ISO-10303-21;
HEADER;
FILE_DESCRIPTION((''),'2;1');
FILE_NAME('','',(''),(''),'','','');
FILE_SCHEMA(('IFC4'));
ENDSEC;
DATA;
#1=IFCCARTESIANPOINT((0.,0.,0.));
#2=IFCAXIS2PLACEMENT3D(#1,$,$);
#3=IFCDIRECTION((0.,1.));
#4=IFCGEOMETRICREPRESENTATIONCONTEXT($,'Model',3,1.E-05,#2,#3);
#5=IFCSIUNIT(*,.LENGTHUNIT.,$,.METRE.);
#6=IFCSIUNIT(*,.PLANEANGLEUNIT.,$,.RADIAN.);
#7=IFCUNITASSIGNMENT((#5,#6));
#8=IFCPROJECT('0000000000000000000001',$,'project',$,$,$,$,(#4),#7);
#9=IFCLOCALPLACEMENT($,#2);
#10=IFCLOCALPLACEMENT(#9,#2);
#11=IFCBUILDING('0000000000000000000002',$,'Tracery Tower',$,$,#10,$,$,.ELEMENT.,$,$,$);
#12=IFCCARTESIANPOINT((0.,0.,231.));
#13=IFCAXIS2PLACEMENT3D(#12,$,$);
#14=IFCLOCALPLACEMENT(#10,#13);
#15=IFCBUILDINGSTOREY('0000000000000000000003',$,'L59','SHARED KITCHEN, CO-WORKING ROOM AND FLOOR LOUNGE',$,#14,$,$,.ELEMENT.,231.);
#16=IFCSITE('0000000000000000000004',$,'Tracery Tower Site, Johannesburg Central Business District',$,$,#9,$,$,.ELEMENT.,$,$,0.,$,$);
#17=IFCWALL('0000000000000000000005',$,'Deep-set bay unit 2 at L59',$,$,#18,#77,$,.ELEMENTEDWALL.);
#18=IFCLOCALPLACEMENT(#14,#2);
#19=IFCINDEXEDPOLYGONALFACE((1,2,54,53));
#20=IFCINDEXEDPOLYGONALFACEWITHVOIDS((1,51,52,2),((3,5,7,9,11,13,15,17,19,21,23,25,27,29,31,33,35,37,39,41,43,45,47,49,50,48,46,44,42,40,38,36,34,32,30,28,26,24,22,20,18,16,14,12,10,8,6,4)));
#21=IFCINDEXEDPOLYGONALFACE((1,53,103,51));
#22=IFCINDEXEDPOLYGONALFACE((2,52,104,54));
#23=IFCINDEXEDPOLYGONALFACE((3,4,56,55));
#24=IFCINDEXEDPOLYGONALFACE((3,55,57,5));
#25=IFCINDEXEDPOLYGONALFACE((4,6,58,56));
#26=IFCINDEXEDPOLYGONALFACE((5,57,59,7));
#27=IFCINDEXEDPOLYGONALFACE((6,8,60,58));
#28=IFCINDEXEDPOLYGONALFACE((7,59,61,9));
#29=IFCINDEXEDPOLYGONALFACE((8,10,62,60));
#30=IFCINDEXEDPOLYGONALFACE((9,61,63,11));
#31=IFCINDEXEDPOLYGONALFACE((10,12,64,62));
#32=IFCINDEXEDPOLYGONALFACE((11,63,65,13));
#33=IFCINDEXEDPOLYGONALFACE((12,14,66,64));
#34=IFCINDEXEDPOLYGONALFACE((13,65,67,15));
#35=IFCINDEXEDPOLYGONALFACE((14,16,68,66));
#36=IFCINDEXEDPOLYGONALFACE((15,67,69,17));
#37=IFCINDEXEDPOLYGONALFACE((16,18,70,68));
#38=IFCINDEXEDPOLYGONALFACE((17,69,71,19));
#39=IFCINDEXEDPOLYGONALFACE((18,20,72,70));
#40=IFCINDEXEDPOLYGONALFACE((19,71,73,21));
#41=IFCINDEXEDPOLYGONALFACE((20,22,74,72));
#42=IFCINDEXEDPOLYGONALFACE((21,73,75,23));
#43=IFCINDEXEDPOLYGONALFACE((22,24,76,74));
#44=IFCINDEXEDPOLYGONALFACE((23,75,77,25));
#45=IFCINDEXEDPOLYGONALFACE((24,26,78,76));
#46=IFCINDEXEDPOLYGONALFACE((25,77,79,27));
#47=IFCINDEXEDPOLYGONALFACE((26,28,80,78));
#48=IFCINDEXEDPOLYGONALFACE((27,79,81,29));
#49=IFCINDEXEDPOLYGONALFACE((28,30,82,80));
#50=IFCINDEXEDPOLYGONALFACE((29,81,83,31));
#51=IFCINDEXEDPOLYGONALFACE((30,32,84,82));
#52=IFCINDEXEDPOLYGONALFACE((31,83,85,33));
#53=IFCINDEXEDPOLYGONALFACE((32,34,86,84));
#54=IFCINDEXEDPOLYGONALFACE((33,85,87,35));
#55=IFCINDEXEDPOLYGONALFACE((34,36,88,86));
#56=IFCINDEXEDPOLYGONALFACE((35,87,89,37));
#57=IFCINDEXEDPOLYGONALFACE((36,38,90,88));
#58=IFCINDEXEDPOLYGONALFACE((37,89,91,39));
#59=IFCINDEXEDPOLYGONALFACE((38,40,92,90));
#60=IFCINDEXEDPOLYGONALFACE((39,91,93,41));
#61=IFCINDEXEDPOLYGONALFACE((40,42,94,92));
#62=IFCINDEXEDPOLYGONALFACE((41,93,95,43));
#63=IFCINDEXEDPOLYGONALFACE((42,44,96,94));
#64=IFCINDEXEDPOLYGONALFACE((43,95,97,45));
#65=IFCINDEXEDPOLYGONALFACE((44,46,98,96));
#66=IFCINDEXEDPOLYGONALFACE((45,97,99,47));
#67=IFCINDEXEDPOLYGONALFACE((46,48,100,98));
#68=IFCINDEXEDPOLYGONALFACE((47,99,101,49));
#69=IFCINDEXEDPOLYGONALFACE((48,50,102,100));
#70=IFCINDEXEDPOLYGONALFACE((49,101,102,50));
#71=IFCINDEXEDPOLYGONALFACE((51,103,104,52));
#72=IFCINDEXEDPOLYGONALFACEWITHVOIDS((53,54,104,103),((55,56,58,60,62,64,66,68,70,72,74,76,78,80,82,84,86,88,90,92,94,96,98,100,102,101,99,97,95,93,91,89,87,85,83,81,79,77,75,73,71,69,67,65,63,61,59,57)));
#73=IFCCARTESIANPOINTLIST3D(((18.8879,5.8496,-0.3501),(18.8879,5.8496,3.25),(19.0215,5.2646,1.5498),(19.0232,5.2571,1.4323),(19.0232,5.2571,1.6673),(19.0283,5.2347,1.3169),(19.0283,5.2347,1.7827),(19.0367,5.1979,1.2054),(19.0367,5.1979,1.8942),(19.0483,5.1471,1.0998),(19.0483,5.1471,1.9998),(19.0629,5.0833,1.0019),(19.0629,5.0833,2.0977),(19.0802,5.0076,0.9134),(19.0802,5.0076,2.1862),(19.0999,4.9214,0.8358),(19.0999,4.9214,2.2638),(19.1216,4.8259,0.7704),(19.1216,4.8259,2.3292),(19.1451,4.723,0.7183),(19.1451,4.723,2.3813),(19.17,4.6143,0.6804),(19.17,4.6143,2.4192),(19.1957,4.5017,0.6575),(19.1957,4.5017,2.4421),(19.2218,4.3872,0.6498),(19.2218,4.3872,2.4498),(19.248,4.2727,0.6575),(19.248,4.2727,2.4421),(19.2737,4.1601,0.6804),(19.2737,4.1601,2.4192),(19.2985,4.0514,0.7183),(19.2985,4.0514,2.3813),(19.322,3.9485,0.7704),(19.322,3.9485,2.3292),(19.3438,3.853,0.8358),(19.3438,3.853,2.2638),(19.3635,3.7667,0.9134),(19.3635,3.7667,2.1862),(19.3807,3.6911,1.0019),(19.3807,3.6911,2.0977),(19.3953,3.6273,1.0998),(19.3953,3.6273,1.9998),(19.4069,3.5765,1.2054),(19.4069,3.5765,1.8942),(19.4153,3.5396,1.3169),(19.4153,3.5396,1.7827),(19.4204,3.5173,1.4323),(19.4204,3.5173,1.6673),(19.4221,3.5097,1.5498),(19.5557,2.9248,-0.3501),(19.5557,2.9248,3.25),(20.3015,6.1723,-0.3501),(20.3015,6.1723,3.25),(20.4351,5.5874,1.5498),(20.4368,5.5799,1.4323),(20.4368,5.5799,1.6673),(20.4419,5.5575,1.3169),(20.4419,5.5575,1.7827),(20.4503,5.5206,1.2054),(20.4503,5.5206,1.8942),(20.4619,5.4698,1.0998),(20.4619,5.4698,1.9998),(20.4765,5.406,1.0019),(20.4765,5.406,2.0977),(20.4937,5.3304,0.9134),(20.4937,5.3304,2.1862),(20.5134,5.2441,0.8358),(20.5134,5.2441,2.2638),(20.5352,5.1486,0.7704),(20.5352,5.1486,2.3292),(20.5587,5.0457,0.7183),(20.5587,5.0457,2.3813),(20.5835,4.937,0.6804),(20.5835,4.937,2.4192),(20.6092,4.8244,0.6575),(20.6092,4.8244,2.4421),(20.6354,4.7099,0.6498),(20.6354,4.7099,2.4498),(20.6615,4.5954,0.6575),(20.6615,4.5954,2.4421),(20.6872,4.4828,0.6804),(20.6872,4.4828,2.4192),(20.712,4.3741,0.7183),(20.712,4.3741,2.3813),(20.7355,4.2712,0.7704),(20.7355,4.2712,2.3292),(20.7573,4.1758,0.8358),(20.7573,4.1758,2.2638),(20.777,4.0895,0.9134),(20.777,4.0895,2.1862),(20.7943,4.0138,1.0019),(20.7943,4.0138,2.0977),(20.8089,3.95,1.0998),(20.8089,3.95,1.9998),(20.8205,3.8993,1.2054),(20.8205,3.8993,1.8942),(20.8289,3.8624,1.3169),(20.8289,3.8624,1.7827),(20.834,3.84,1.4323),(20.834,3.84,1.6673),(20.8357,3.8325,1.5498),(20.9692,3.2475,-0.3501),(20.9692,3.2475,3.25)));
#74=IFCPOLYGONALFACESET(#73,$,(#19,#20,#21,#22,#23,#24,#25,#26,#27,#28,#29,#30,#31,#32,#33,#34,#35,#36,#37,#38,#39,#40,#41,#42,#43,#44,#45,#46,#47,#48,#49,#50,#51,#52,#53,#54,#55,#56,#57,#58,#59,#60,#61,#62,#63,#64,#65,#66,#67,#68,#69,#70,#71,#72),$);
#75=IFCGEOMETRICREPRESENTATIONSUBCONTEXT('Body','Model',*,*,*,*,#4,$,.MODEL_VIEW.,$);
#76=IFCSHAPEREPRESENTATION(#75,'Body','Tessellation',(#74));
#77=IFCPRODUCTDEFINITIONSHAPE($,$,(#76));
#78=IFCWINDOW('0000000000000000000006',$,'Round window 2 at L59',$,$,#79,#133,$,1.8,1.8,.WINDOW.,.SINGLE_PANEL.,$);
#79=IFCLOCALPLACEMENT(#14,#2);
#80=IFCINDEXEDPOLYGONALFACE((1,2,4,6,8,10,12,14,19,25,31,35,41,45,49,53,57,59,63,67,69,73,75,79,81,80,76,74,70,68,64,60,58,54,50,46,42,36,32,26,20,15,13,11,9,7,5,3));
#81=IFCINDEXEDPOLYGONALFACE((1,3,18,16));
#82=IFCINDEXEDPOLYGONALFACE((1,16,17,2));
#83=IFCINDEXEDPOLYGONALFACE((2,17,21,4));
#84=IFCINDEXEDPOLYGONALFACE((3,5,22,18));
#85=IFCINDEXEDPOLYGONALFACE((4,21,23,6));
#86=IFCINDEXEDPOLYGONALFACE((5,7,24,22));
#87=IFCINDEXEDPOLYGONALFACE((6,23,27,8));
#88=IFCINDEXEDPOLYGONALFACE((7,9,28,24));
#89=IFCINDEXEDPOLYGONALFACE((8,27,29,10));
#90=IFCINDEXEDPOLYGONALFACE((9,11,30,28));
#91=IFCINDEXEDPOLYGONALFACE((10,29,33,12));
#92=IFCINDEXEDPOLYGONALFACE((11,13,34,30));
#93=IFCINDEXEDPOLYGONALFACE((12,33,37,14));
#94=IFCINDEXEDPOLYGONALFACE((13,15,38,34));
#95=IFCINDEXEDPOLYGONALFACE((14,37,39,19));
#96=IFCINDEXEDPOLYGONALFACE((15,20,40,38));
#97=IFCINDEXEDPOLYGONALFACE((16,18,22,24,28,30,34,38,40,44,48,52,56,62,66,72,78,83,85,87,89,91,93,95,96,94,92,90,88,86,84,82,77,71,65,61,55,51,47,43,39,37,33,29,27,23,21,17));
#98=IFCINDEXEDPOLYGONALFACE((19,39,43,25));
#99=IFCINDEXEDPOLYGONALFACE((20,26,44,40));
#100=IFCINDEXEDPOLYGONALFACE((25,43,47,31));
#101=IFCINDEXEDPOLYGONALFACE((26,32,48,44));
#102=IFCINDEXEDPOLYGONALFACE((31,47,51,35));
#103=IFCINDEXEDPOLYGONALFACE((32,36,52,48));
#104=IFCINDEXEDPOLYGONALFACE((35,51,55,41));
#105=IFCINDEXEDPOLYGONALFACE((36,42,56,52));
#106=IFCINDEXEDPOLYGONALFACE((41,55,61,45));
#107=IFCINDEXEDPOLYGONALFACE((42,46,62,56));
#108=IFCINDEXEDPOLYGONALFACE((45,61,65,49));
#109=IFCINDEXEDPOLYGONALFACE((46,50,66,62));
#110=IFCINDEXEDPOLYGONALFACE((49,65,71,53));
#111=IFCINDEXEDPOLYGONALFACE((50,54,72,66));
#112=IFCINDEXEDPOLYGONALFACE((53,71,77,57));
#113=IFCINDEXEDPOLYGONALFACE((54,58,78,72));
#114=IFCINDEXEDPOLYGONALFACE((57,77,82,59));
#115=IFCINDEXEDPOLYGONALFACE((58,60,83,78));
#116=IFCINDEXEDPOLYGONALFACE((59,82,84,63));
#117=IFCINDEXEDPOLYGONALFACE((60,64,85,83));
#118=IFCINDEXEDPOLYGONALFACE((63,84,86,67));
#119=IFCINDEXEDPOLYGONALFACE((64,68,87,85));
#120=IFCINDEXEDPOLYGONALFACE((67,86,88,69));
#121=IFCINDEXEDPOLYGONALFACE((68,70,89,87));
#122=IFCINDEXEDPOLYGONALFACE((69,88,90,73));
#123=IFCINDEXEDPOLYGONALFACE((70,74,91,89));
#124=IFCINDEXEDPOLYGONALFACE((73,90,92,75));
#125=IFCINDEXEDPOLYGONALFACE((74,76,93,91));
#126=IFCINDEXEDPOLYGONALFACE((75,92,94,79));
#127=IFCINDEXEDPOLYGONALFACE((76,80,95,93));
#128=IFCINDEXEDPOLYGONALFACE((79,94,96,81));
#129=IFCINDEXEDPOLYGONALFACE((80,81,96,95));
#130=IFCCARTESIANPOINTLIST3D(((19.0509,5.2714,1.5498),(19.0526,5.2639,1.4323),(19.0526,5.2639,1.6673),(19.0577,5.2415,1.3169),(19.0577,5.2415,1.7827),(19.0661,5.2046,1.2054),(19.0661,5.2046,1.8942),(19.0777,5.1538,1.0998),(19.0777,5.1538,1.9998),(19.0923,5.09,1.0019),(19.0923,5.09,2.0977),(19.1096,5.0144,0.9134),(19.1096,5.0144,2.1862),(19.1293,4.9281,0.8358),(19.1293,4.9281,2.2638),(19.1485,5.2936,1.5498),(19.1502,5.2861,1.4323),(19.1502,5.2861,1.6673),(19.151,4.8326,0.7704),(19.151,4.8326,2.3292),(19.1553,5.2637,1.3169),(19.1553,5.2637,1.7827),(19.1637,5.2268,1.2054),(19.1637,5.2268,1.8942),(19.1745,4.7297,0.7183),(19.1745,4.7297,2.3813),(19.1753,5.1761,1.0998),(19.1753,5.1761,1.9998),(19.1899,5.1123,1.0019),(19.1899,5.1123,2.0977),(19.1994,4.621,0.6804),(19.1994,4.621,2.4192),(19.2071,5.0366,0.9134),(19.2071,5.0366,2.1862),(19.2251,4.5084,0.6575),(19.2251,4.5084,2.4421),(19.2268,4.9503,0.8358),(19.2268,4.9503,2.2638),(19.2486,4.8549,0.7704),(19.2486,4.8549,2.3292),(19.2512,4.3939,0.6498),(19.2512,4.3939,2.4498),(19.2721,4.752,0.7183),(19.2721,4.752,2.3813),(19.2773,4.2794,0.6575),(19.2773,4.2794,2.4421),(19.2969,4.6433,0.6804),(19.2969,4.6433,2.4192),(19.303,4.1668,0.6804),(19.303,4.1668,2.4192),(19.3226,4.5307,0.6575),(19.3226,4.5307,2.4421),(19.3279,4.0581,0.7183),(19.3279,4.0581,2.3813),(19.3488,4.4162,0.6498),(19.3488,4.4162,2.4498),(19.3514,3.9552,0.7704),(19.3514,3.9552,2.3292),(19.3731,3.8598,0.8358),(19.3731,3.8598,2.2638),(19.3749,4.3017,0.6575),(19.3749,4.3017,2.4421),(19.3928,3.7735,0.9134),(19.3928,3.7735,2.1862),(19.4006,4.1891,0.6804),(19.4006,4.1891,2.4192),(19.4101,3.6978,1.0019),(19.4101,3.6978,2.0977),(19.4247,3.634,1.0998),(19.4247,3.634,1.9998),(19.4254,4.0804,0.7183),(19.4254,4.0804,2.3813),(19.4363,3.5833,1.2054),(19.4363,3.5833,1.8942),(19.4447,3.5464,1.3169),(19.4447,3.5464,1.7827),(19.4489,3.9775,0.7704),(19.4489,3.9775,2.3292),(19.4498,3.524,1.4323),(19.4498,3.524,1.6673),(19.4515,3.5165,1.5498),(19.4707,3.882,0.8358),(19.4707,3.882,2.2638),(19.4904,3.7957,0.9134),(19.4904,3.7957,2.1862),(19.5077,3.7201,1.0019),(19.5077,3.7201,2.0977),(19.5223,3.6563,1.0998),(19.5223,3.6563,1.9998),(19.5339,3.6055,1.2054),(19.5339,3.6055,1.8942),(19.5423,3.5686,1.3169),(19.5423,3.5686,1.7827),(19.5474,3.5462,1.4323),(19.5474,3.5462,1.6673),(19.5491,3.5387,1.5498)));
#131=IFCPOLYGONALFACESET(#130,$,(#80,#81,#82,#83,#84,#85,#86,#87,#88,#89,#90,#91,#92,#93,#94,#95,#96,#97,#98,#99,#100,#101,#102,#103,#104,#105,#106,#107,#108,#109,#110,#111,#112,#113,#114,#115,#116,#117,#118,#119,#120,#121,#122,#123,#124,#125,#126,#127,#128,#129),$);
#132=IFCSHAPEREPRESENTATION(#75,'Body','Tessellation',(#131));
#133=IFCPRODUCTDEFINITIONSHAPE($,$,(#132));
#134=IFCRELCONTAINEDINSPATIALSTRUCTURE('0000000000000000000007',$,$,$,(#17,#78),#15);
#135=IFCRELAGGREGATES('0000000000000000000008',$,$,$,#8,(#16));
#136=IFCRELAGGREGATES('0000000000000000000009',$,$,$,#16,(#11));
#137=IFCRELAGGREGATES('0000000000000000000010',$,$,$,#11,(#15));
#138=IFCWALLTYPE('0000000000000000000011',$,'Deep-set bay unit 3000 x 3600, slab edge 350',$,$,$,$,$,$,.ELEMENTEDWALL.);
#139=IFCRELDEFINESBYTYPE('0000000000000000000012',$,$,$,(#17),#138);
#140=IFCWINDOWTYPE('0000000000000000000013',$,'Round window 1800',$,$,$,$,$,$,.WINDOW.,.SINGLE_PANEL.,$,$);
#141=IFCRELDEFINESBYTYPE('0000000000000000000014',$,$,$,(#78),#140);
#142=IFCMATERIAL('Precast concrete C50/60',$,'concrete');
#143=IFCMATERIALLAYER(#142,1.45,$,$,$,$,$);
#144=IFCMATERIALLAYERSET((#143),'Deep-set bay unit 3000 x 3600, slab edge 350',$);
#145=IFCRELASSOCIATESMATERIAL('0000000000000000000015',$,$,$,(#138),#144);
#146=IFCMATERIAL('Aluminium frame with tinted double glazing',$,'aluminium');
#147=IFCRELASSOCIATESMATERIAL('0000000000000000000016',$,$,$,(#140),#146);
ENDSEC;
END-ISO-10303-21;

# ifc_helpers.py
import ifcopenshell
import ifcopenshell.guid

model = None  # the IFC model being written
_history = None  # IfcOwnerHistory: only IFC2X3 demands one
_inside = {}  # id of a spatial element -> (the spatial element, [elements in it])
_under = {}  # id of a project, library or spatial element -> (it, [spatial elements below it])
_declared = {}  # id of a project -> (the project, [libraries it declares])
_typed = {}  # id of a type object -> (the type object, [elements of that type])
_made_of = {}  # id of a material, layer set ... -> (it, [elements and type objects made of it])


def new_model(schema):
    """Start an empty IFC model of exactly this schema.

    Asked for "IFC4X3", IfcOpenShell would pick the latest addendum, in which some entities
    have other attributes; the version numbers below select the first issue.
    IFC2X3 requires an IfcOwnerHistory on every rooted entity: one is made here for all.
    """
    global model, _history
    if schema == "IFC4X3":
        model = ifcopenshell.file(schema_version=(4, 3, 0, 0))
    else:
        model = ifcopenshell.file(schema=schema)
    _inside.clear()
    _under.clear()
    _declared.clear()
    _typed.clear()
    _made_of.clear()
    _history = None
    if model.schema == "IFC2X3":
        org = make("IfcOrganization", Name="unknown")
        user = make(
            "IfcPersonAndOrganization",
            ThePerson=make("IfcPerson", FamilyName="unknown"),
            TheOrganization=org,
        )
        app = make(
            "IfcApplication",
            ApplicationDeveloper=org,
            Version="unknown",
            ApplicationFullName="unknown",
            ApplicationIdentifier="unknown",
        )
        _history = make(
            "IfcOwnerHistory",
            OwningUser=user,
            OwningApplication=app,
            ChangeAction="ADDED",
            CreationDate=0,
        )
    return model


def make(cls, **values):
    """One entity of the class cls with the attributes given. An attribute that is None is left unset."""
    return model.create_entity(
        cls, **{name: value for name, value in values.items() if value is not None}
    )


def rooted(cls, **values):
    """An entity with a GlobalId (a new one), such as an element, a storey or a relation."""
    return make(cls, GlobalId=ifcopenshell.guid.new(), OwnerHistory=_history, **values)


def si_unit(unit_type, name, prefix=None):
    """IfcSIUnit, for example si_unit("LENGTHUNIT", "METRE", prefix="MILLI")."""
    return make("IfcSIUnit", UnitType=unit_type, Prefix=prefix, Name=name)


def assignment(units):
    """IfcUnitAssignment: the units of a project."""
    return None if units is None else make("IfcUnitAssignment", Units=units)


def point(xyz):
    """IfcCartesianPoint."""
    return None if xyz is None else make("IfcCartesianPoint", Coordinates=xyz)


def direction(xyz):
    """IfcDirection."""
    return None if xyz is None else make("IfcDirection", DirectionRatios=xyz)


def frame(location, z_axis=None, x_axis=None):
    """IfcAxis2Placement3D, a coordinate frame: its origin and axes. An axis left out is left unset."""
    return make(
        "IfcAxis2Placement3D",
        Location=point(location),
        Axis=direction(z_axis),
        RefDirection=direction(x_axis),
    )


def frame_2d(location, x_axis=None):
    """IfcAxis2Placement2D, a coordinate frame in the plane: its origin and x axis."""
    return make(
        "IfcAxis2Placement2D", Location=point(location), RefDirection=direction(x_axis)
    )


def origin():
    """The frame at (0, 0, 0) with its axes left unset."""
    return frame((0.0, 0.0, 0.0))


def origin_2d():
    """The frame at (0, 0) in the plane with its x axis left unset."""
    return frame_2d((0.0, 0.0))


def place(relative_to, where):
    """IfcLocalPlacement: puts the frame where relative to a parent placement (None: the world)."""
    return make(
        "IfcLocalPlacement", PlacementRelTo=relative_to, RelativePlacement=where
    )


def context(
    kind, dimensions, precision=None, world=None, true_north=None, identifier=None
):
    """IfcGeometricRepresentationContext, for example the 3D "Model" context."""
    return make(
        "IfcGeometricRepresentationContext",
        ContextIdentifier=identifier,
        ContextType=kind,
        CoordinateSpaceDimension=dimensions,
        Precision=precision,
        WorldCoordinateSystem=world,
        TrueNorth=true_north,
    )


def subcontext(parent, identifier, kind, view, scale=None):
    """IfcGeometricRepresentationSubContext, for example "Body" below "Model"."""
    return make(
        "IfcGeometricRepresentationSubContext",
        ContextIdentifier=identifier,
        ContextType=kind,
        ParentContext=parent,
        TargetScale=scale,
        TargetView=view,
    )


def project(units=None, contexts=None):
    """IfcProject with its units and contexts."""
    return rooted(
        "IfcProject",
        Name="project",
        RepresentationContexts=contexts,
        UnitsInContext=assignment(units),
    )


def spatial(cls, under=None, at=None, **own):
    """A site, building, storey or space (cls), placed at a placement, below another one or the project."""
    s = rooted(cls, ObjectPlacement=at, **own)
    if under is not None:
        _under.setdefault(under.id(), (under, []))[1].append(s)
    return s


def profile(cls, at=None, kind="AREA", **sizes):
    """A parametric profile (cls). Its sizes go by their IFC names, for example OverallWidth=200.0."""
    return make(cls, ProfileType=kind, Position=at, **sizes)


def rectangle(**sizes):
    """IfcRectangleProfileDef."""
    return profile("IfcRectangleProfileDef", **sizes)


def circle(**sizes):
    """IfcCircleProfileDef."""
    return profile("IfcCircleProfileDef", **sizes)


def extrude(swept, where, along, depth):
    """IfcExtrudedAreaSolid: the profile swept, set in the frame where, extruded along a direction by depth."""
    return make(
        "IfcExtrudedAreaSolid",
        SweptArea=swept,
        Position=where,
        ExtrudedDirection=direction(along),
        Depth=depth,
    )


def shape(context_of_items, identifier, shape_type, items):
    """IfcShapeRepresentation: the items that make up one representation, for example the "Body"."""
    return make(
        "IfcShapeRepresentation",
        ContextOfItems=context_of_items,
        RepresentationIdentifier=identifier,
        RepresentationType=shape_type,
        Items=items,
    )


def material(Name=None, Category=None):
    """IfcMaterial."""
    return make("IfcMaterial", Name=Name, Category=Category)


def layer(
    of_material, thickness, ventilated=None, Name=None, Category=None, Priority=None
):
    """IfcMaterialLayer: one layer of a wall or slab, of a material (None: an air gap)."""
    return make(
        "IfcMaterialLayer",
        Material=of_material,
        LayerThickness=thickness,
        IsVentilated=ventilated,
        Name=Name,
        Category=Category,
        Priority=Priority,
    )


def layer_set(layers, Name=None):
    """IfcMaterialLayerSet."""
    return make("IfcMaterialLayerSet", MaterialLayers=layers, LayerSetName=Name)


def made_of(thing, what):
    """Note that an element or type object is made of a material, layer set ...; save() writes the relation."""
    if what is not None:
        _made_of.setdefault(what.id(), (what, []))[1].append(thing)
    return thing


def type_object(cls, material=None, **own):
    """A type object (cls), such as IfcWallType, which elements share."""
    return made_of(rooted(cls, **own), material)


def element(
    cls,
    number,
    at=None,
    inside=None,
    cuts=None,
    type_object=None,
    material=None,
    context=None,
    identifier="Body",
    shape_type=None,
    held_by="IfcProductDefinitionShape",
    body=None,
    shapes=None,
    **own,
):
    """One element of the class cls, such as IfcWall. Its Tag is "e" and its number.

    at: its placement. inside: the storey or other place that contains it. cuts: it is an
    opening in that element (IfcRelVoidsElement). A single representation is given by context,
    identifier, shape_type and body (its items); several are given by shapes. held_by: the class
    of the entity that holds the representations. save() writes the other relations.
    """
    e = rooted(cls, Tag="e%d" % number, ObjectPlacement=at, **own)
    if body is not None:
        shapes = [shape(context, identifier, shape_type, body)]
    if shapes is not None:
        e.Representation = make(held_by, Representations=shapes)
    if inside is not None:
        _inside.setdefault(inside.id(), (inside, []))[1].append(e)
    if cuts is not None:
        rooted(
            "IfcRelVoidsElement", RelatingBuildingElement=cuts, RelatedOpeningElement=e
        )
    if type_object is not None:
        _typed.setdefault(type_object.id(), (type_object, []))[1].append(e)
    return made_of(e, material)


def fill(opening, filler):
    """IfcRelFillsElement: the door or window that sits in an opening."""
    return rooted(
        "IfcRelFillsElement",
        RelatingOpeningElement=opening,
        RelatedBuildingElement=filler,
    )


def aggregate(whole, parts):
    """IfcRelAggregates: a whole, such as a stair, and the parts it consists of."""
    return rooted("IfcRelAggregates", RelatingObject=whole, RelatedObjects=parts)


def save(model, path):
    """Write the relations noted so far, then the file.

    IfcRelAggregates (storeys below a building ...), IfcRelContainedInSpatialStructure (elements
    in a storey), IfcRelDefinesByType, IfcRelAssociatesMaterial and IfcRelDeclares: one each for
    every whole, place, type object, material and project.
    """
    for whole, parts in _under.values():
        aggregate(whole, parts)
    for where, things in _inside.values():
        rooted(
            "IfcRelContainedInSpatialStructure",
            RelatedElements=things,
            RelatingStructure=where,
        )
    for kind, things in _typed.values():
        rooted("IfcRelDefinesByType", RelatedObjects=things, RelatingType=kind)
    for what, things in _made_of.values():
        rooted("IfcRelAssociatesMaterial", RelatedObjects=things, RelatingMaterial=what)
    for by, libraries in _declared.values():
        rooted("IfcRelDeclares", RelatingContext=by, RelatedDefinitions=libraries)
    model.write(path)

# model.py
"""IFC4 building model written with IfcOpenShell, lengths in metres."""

from ifc_helpers import new_model, si_unit, direction, frame, frame_2d, origin, origin_2d, place, context, subcontext, project, spatial, rectangle, circle, extrude, material, layer, layer_set, type_object, element, fill, save


model = new_model("IFC4")

# Units and contexts
model_context = context("Model", 3, precision=1e-05, world=origin(), true_north=direction((0.0, 1.0)))
body_context = subcontext(model_context, "Body", "Model", "MODEL_VIEW")
ifc_project = project(units=[si_unit("LENGTHUNIT", "METRE"), si_unit("PLANEANGLEUNIT", "RADIAN")], contexts=[model_context])

# Site, building, storey
site_placement = place(None, origin())
site = spatial("IfcSite", under=ifc_project, at=site_placement, Name="Tracery Tower Site, Johannesburg Central Business District", CompositionType="ELEMENT", RefElevation=0.0)
building_placement = place(site_placement, origin())
building = spatial("IfcBuilding", under=site, at=building_placement, Name="Tracery Tower", CompositionType="ELEMENT")
storey_placement = place(building_placement, frame((0.0, 0.0, 231.0)))
storey = spatial("IfcBuildingStorey", under=building, at=storey_placement, Name="L59", Description="SHARED KITCHEN, CO-WORKING ROOM AND FLOOR LOUNGE", CompositionType="ELEMENT", Elevation=231.0)

# Wall, opening, window
ifc_material_1 = material(Name="Precast concrete C50/60", Category="concrete")
ifc_layer_1 = layer(ifc_material_1, 1.45)
ifc_layer_set_1 = layer_set([ifc_layer_1], Name="Deep-set bay unit 3000 x 3600, slab edge 350")
wall_type_1 = type_object("IfcWallType", Name="Deep-set bay unit 3000 x 3600, slab edge 350", PredefinedType="ELEMENTEDWALL", material=ifc_layer_set_1)
wall_1_placement = place(storey_placement, frame((20.2625, 3.0862, -0.3501), z_axis=(0.0, 0.0, 1.0), x_axis=(-0.222571, 0.974917, 0.0)))
wall_1 = element("IfcWall", 1, at=wall_1_placement, inside=storey, type_object=wall_type_1, Name="Deep-set bay unit 2 at L59", PredefinedType="ELEMENTEDWALL", context=body_context, shape_type="SweptSolid", body=[
    extrude(rectangle(XDim=3.0, YDim=1.45, at=frame_2d((1.5, 0.0))), origin(), (0.0, 0.0, 1.0), 3.6001),
])
opening_1_placement = place(wall_1_placement, frame((1.5, 0.0, 1.8999)))
opening_1 = element("IfcOpeningElement", 2, at=opening_1_placement, cuts=wall_1, PredefinedType="OPENING", context=body_context, shape_type="SweptSolid", body=[
    extrude(circle(Radius=0.9, at=origin_2d()), frame((0.0, 0.7349, 0.0), z_axis=(0.0, -1.0, 0.0), x_axis=(1.0, 0.0, 0.0)), (0.0, 0.0, 1.0), 1.47),
])
ifc_material_2 = material(Name="Aluminium frame with tinted double glazing", Category="aluminium")
window_type = type_object("IfcWindowType", Name="Round window 1800", PartitioningType="SINGLE_PANEL", PredefinedType="WINDOW", material=ifc_material_2)
window_1_placement = place(opening_1_placement, origin())
window_1 = element("IfcWindow", 3, at=window_1_placement, inside=storey, type_object=window_type, Name="Round window 2 at L59", OverallHeight=1.8, OverallWidth=1.8, PartitioningType="SINGLE_PANEL", PredefinedType="WINDOW", context=body_context, shape_type="SweptSolid", body=[
    extrude(circle(Radius=0.9, at=origin_2d()), frame((0.0, 0.6948, 0.0), z_axis=(0.0, -1.0, 0.0), x_axis=(1.0, 0.0, 0.0)), (0.0, 0.0, 1.0), 0.1001),
])
fill(opening_1, window_1)

save(model, "model.ifc")
